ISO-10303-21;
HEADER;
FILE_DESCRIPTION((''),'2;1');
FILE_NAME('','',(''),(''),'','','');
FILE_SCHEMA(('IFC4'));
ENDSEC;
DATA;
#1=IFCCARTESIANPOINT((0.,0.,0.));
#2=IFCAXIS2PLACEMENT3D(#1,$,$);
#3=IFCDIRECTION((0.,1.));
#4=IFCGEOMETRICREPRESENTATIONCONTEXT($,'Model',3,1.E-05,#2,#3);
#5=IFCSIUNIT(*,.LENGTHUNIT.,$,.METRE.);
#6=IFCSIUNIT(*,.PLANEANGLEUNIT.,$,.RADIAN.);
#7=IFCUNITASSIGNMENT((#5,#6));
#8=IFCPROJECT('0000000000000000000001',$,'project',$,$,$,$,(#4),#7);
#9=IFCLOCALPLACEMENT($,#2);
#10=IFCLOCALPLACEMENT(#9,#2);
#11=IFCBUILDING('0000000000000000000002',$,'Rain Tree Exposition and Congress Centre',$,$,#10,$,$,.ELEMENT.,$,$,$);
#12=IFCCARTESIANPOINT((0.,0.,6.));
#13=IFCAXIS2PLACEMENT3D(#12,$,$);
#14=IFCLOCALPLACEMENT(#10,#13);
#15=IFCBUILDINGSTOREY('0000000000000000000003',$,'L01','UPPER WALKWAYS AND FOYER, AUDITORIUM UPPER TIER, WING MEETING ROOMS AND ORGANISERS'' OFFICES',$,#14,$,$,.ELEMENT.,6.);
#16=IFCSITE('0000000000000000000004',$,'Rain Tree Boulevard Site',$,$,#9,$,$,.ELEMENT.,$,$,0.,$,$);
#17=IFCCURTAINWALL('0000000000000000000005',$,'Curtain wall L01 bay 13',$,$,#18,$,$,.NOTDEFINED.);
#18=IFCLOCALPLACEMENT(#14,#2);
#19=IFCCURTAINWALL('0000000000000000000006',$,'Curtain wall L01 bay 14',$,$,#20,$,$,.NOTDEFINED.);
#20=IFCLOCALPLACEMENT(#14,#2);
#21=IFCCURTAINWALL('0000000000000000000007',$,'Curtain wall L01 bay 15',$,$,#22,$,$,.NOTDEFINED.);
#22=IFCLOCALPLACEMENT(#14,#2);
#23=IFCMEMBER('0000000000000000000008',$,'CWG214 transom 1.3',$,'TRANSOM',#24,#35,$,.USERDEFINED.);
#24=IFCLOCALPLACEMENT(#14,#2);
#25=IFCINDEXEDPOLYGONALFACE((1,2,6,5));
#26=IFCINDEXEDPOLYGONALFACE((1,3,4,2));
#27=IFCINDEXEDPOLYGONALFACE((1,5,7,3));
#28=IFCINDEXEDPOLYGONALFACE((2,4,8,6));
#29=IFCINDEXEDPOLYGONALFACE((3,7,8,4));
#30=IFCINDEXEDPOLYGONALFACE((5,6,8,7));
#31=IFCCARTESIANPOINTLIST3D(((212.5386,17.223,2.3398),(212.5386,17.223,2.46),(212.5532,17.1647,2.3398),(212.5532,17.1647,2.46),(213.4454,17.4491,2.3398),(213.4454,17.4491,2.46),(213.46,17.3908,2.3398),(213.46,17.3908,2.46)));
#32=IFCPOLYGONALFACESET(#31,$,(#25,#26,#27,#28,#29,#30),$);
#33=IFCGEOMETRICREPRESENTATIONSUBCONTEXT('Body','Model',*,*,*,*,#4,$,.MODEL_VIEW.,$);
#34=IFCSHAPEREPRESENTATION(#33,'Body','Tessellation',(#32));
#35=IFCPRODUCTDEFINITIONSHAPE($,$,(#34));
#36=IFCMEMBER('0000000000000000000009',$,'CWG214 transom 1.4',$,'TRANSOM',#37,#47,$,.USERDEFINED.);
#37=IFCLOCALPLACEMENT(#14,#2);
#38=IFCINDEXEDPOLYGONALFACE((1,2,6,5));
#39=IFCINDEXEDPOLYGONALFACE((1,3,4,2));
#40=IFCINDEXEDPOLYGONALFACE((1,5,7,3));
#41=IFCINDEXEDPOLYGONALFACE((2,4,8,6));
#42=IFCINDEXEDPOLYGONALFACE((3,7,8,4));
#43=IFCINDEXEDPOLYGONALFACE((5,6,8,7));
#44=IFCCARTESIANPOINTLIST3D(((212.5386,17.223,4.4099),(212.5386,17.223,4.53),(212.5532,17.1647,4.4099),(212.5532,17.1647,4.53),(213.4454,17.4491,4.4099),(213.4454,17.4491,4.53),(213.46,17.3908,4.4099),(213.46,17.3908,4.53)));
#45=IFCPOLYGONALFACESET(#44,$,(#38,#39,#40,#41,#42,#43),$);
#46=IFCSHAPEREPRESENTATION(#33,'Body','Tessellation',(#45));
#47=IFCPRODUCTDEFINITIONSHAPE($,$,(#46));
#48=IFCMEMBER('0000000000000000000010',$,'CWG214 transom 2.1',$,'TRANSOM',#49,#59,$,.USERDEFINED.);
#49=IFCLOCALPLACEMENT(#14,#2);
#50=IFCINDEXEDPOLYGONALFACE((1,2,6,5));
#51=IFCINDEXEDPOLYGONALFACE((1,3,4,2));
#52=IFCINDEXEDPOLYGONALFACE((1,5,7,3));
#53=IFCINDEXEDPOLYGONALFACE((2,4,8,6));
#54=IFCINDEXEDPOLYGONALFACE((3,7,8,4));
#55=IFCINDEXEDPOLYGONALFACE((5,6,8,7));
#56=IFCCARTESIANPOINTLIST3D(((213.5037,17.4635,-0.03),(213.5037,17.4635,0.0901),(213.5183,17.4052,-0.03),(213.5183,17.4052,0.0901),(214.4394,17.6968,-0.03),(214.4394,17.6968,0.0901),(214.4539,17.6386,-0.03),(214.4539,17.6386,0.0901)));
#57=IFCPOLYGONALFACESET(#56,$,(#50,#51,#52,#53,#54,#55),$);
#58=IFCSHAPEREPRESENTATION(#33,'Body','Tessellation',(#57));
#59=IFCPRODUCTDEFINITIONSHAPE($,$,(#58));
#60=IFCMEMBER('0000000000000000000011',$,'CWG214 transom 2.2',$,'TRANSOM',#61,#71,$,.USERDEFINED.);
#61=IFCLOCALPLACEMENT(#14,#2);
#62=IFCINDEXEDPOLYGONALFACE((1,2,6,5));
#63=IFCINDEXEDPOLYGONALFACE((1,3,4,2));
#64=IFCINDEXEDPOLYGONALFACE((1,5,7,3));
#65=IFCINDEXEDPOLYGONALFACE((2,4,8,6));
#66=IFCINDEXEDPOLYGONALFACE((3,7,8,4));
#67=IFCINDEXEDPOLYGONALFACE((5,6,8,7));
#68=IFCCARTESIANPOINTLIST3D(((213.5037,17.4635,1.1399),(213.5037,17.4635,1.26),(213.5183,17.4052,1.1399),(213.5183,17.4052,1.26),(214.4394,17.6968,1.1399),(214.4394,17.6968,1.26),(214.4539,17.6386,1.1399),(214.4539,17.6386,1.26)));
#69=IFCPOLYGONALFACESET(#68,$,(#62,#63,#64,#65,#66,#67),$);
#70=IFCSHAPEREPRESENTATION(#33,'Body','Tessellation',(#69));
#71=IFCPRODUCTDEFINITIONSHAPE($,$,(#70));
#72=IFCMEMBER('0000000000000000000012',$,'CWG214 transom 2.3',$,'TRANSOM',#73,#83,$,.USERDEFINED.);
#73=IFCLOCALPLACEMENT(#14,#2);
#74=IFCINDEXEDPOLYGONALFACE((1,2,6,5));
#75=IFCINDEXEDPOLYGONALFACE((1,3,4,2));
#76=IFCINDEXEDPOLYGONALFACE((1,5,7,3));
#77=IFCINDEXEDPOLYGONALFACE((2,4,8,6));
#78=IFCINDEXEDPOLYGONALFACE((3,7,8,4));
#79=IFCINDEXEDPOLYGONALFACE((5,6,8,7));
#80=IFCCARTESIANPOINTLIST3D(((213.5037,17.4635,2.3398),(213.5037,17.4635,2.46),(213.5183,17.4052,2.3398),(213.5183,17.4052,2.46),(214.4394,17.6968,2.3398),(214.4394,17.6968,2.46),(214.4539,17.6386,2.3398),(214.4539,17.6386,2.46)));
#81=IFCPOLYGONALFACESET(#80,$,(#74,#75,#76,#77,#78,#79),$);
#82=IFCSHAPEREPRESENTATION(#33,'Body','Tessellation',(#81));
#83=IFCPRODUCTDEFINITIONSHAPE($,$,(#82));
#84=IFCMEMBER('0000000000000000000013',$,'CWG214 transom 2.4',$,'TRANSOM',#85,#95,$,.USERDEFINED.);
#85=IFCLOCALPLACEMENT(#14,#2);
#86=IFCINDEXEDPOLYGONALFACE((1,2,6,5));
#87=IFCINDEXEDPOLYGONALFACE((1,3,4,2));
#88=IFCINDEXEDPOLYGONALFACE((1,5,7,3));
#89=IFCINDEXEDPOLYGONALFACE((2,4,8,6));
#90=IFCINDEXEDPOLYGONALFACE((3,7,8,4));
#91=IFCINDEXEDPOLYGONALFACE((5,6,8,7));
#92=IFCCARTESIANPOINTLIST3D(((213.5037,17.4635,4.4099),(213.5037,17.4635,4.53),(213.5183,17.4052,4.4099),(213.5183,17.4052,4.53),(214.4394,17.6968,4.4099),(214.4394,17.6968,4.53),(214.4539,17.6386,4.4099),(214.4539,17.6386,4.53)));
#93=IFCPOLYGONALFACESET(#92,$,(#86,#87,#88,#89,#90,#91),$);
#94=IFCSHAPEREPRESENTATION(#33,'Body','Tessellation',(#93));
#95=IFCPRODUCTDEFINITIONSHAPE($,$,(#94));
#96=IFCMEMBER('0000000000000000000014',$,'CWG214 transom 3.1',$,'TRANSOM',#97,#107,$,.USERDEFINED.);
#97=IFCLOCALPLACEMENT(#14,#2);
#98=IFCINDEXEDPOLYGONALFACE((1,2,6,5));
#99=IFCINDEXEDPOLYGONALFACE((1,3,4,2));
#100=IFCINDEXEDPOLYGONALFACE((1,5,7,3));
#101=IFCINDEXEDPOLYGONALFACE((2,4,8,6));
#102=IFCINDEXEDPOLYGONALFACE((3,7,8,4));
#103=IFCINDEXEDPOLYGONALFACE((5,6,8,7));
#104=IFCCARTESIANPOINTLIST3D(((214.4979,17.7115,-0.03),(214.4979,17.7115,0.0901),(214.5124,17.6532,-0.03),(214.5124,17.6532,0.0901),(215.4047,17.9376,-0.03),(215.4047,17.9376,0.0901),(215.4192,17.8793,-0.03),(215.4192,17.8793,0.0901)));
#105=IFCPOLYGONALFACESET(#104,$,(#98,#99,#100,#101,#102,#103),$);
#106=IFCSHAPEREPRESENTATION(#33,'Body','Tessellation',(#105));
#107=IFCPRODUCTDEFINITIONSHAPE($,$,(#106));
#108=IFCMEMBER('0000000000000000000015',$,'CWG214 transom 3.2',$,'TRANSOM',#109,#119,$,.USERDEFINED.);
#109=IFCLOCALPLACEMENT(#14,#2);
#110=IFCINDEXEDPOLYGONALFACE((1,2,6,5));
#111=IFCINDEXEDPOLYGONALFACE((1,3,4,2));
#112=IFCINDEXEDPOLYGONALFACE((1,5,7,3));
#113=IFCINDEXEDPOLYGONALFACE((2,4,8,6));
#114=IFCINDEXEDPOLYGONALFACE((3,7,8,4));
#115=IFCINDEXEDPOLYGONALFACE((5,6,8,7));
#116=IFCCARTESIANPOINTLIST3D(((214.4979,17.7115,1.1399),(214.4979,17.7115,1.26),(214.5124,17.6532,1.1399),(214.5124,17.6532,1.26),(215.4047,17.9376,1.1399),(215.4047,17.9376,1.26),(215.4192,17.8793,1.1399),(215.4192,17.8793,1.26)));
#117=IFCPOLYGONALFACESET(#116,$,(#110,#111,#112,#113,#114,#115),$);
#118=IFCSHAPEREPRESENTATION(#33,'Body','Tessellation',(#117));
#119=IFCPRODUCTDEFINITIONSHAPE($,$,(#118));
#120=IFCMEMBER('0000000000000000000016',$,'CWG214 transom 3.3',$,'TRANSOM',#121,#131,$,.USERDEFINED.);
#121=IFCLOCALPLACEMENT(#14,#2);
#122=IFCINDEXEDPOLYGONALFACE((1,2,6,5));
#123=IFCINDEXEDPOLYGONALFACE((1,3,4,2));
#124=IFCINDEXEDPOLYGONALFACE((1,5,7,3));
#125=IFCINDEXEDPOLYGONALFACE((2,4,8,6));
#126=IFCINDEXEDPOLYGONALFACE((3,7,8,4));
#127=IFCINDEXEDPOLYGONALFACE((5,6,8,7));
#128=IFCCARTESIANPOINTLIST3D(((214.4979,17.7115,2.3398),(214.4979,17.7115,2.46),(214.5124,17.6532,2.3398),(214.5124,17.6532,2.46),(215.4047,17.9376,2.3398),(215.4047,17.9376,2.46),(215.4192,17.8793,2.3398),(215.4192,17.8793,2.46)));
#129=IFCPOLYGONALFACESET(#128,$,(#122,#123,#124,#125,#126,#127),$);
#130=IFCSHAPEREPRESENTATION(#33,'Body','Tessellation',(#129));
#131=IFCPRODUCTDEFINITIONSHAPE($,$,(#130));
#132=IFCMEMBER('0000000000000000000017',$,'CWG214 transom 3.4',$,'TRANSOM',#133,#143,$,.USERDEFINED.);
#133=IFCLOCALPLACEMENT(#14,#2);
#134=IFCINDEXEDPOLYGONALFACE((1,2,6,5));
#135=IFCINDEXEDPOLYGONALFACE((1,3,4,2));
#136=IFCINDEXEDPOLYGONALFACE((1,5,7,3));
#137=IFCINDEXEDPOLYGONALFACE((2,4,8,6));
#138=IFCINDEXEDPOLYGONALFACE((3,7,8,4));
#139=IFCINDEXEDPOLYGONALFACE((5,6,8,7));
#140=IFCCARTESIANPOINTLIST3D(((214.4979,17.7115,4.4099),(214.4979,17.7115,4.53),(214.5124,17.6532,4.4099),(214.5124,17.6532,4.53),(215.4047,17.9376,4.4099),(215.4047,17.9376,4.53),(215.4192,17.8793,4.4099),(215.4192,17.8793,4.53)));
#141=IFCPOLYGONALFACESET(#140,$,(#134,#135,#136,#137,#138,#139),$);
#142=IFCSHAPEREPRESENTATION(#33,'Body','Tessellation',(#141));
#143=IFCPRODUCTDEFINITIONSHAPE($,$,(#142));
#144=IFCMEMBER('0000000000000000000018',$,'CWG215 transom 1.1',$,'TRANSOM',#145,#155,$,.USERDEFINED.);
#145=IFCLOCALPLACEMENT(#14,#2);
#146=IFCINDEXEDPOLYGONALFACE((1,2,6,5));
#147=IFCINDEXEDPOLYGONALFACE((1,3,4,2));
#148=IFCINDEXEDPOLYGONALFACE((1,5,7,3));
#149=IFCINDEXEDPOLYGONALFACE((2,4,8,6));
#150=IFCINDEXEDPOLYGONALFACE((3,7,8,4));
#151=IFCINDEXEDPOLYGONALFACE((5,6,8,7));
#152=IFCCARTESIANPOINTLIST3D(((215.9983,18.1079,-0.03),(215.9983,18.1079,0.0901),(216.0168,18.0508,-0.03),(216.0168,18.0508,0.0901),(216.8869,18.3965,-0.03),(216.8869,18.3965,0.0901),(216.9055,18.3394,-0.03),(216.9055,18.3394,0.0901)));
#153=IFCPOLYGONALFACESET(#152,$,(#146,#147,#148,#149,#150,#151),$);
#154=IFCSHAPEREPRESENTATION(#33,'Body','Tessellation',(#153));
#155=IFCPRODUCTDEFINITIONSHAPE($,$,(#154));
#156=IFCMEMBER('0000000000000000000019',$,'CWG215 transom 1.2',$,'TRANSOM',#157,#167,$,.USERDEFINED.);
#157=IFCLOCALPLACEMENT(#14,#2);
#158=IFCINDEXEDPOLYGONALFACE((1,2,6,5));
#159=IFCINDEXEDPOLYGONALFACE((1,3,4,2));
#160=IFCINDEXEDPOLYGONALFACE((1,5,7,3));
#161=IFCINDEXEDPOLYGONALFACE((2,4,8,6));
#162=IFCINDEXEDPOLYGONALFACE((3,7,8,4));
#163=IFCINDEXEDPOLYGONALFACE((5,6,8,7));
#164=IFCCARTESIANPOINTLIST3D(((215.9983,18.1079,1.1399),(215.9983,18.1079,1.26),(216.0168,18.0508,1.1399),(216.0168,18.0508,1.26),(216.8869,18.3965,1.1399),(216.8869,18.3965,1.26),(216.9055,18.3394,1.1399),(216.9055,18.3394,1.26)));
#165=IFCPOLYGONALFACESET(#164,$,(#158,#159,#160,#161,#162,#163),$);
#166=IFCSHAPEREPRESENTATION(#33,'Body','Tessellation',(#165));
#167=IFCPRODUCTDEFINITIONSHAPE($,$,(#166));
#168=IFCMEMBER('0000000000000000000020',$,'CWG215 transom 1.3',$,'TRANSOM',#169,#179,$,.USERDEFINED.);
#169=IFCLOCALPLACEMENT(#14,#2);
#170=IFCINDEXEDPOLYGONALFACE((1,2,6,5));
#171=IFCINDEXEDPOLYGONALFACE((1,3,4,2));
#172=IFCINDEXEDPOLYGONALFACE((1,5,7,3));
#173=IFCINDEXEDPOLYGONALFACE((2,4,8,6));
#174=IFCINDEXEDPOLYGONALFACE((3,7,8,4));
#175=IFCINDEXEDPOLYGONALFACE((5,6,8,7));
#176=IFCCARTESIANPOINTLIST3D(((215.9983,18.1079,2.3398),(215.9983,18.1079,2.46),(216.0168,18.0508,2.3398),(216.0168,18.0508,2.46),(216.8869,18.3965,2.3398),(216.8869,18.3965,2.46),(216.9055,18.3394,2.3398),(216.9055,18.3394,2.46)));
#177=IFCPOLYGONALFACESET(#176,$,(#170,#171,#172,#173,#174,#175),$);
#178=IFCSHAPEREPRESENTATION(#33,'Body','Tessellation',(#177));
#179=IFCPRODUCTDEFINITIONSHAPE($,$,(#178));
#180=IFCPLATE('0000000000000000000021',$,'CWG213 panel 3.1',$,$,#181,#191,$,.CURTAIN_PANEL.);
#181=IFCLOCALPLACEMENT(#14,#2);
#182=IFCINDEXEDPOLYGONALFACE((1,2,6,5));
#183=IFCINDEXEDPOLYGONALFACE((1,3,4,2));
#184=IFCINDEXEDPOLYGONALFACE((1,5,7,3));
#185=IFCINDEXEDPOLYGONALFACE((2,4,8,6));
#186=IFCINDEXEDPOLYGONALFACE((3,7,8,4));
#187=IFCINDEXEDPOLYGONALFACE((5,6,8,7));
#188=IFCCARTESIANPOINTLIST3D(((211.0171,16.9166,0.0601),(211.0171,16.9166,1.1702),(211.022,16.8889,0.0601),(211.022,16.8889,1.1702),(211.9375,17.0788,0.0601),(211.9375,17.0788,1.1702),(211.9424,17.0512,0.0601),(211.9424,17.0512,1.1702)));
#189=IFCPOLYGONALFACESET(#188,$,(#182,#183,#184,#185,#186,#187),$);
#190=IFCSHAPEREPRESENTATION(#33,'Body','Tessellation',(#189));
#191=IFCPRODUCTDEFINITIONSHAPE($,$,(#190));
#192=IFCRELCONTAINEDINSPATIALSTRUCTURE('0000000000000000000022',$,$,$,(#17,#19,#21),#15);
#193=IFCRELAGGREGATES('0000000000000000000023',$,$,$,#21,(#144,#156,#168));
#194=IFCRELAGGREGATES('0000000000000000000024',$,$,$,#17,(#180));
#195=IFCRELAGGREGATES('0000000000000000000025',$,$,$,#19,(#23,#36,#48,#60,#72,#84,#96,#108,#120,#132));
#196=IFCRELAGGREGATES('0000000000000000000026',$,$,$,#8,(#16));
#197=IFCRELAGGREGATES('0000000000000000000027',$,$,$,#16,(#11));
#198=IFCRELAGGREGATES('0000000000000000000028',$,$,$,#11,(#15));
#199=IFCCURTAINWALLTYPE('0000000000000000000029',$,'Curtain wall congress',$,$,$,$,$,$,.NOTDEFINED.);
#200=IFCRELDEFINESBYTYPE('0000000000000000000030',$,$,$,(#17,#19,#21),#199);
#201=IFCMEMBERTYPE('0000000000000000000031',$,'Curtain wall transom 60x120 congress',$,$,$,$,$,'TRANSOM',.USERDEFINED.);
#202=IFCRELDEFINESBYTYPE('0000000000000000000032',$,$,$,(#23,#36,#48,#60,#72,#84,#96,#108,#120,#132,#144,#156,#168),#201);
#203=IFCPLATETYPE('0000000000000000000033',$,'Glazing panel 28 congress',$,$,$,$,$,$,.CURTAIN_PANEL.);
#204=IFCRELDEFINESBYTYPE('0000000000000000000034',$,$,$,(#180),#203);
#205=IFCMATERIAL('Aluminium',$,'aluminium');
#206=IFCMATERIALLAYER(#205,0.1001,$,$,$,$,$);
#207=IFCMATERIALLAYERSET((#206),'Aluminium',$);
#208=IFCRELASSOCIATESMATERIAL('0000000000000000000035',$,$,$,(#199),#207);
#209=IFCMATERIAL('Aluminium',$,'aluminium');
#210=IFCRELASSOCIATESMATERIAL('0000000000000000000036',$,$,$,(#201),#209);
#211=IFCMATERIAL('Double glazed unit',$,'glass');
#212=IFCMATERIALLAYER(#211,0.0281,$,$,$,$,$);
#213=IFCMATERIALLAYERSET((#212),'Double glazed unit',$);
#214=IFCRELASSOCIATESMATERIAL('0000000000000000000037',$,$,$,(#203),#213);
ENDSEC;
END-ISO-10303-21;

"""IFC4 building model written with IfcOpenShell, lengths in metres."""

from ifc_helpers import new_model, si_unit, direction, frame, origin, origin_2d, place, context, subcontext, project, spatial, rectangle, extrude, material, layer, layer_set, material_profile, profile_set, type_object, element, aggregate, save


model = new_model("IFC4")

# Units and contexts
model_context = context("Model", 3, precision=1e-05, world=origin(), true_north=direction((0.0, 1.0)))
body_context = subcontext(model_context, "Body", "Model", "MODEL_VIEW")
ifc_project = project(units=[si_unit("LENGTHUNIT", "METRE"), si_unit("PLANEANGLEUNIT", "RADIAN")], contexts=[model_context])

# Site, building, storey
site_placement = place(None, origin())
site = spatial("IfcSite", under=ifc_project, at=site_placement, Name="Rain Tree Boulevard Site", CompositionType="ELEMENT", RefElevation=0.0)
building_placement = place(site_placement, origin())
building = spatial("IfcBuilding", under=site, at=building_placement, Name="Rain Tree Exposition and Congress Centre", CompositionType="ELEMENT")
storey_placement = place(building_placement, frame((0.0, 0.0, 6.0)))
storey = spatial("IfcBuildingStorey", under=building, at=storey_placement, Name="L01", Description="UPPER WALKWAYS AND FOYER, AUDITORIUM UPPER TIER, WING MEETING ROOMS AND ORGANISERS' OFFICES", CompositionType="ELEMENT", Elevation=6.0)

# Curtain wall
ifc_material_1 = material(Name="Aluminium", Category="aluminium")
ifc_layer_1 = layer(ifc_material_1, 0.1001)
ifc_layer_set_1 = layer_set([ifc_layer_1], Name="Aluminium")
curtain_wall_type = type_object("IfcCurtainWallType", Name="Curtain wall congress", PredefinedType="NOTDEFINED", material=ifc_layer_set_1)
curtain_wall_1_placement = place(storey_placement, origin())
curtain_wall_1 = element("IfcCurtainWall", 1, at=curtain_wall_1_placement, inside=storey, type_object=curtain_wall_type, Name="Curtain wall L01 bay 13", PredefinedType="NOTDEFINED")

# Curtain wall
curtain_wall_2_placement = place(storey_placement, origin())
curtain_wall_2 = element("IfcCurtainWall", 2, at=curtain_wall_2_placement, inside=storey, type_object=curtain_wall_type, Name="Curtain wall L01 bay 14", PredefinedType="NOTDEFINED")

# Curtain wall
curtain_wall_3_placement = place(storey_placement, origin())
curtain_wall_3 = element("IfcCurtainWall", 3, at=curtain_wall_3_placement, inside=storey, type_object=curtain_wall_type, Name="Curtain wall L01 bay 15", PredefinedType="NOTDEFINED")

# Members
ifc_material_2 = material(Name="Aluminium", Category="aluminium")
ifc_material_profile_1 = material_profile(ifc_material_2, rectangle(XDim=0.0601, YDim=0.1201, at=origin_2d()), Name="AL 60x120")
ifc_profile_set_1 = profile_set([ifc_material_profile_1], Name="Aluminium")
member_type_1 = type_object("IfcMemberType", Name="Curtain wall transom 60x120 congress", ElementType="TRANSOM", PredefinedType="USERDEFINED", material=ifc_profile_set_1)
member_1_placement = place(storey_placement, frame((212.5459, 17.1938, 2.3999), z_axis=(0.970296, 0.241921, 0.0), x_axis=(-0.241921, 0.970296, 0.0)))
member_1 = element("IfcMember", 4, at=member_1_placement, type_object=member_type_1, Name="CWG214 transom 1.3", ObjectType="TRANSOM", PredefinedType="USERDEFINED", context=body_context, shape_type="SweptSolid", body=[
    extrude(rectangle(XDim=0.0601, YDim=0.1201, at=origin_2d()), origin(), (0.0, 0.0, 1.0), 0.9346),
])
member_2_placement = place(storey_placement, frame((212.5459, 17.1938, 4.47), z_axis=(0.970296, 0.241921, 0.0), x_axis=(-0.241921, 0.970296, 0.0)))
member_2 = element("IfcMember", 5, at=member_2_placement, type_object=member_type_1, Name="CWG214 transom 1.4", ObjectType="TRANSOM", PredefinedType="USERDEFINED", context=body_context, shape_type="SweptSolid", body=[
    extrude(rectangle(XDim=0.0601, YDim=0.1201, at=origin_2d()), origin(), (0.0, 0.0, 1.0), 0.9346),
])
member_3_placement = place(storey_placement, frame((213.511, 17.4343, 0.03), z_axis=(0.970276, 0.242, 0.0), x_axis=(-0.242, 0.970276, 0.0)))
member_3 = element("IfcMember", 6, at=member_3_placement, type_object=member_type_1, Name="CWG214 transom 2.1", ObjectType="TRANSOM", PredefinedType="USERDEFINED", context=body_context, shape_type="SweptSolid", body=[
    extrude(rectangle(XDim=0.0601, YDim=0.1201, at=origin_2d()), origin(), (0.0, 0.0, 1.0), 0.9644),
])
member_4_placement = place(storey_placement, frame((213.511, 17.4343, 1.2), z_axis=(0.970276, 0.242, 0.0), x_axis=(-0.242, 0.970276, 0.0)))
member_4 = element("IfcMember", 7, at=member_4_placement, type_object=member_type_1, Name="CWG214 transom 2.2", ObjectType="TRANSOM", PredefinedType="USERDEFINED", context=body_context, shape_type="SweptSolid", body=[
    extrude(rectangle(XDim=0.0601, YDim=0.1201, at=origin_2d()), origin(), (0.0, 0.0, 1.0), 0.9644),
])
member_5_placement = place(storey_placement, frame((213.511, 17.4343, 2.3999), z_axis=(0.970276, 0.242, 0.0), x_axis=(-0.242, 0.970276, 0.0)))
member_5 = element("IfcMember", 8, at=member_5_placement, type_object=member_type_1, Name="CWG214 transom 2.3", ObjectType="TRANSOM", PredefinedType="USERDEFINED", context=body_context, shape_type="SweptSolid", body=[
    extrude(rectangle(XDim=0.0601, YDim=0.1201, at=origin_2d()), origin(), (0.0, 0.0, 1.0), 0.9644),
])
member_6_placement = place(storey_placement, frame((213.511, 17.4343, 4.47), z_axis=(0.970276, 0.242, 0.0), x_axis=(-0.242, 0.970276, 0.0)))
member_6 = element("IfcMember", 9, at=member_6_placement, type_object=member_type_1, Name="CWG214 transom 2.4", ObjectType="TRANSOM", PredefinedType="USERDEFINED", context=body_context, shape_type="SweptSolid", body=[
    extrude(rectangle(XDim=0.0601, YDim=0.1201, at=origin_2d()), origin(), (0.0, 0.0, 1.0), 0.9644),
])
member_7_placement = place(storey_placement, frame((214.5051, 17.6824, 0.03), z_axis=(0.970296, 0.241921, 0.0), x_axis=(-0.241921, 0.970296, 0.0)))
member_7 = element("IfcMember", 10, at=member_7_placement, type_object=member_type_1, Name="CWG214 transom 3.1", ObjectType="TRANSOM", PredefinedType="USERDEFINED", context=body_context, shape_type="SweptSolid", body=[
    extrude(rectangle(XDim=0.0601, YDim=0.1201, at=origin_2d()), origin(), (0.0, 0.0, 1.0), 0.9346),
])
member_8_placement = place(storey_placement, frame((214.5051, 17.6824, 1.2), z_axis=(0.970296, 0.241921, 0.0), x_axis=(-0.241921, 0.970296, 0.0)))
member_8 = element("IfcMember", 11, at=member_8_placement, type_object=member_type_1, Name="CWG214 transom 3.2", ObjectType="TRANSOM", PredefinedType="USERDEFINED", context=body_context, shape_type="SweptSolid", body=[
    extrude(rectangle(XDim=0.0601, YDim=0.1201, at=origin_2d()), origin(), (0.0, 0.0, 1.0), 0.9346),
])
member_9_placement = place(storey_placement, frame((214.5051, 17.6824, 2.3999), z_axis=(0.970296, 0.241921, 0.0), x_axis=(-0.241921, 0.970296, 0.0)))
member_9 = element("IfcMember", 12, at=member_9_placement, type_object=member_type_1, Name="CWG214 transom 3.3", ObjectType="TRANSOM", PredefinedType="USERDEFINED", context=body_context, shape_type="SweptSolid", body=[
    extrude(rectangle(XDim=0.0601, YDim=0.1201, at=origin_2d()), origin(), (0.0, 0.0, 1.0), 0.9346),
])
member_10_placement = place(storey_placement, frame((214.5051, 17.6824, 4.47), z_axis=(0.970296, 0.241921, 0.0), x_axis=(-0.241921, 0.970296, 0.0)))
member_10 = element("IfcMember", 13, at=member_10_placement, type_object=member_type_1, Name="CWG214 transom 3.4", ObjectType="TRANSOM", PredefinedType="USERDEFINED", context=body_context, shape_type="SweptSolid", body=[
    extrude(rectangle(XDim=0.0601, YDim=0.1201, at=origin_2d()), origin(), (0.0, 0.0, 1.0), 0.9346),
])
member_11_placement = place(storey_placement, frame((216.0076, 18.0793, 0.03), z_axis=(0.951111, 0.30885, 0.0), x_axis=(-0.30885, 0.951111, 0.0)))
member_11 = element("IfcMember", 14, at=member_11_placement, type_object=member_type_1, Name="CWG215 transom 1.1", ObjectType="TRANSOM", PredefinedType="USERDEFINED", context=body_context, shape_type="SweptSolid", body=[
    extrude(rectangle(XDim=0.0601, YDim=0.1201, at=origin_2d()), origin(), (0.0, 0.0, 1.0), 0.9343),
])
member_12_placement = place(storey_placement, frame((216.0076, 18.0793, 1.2), z_axis=(0.951111, 0.30885, 0.0), x_axis=(-0.30885, 0.951111, 0.0)))
member_12 = element("IfcMember", 15, at=member_12_placement, type_object=member_type_1, Name="CWG215 transom 1.2", ObjectType="TRANSOM", PredefinedType="USERDEFINED", context=body_context, shape_type="SweptSolid", body=[
    extrude(rectangle(XDim=0.0601, YDim=0.1201, at=origin_2d()), origin(), (0.0, 0.0, 1.0), 0.9343),
])
member_13_placement = place(storey_placement, frame((216.0076, 18.0793, 2.3999), z_axis=(0.951111, 0.30885, 0.0), x_axis=(-0.30885, 0.951111, 0.0)))
member_13 = element("IfcMember", 16, at=member_13_placement, type_object=member_type_1, Name="CWG215 transom 1.3", ObjectType="TRANSOM", PredefinedType="USERDEFINED", context=body_context, shape_type="SweptSolid", body=[
    extrude(rectangle(XDim=0.0601, YDim=0.1201, at=origin_2d()), origin(), (0.0, 0.0, 1.0), 0.9343),
])
aggregate(curtain_wall_3, [member_11, member_12, member_13])

# Plate
ifc_material_3 = material(Name="Double glazed unit", Category="glass")
ifc_layer_2 = layer(ifc_material_3, 0.0281)
ifc_layer_set_2 = layer_set([ifc_layer_2], Name="Double glazed unit")
plate_type = type_object("IfcPlateType", Name="Glazing panel 28 congress", PredefinedType="CURTAIN_PANEL", material=ifc_layer_set_2)
plate_1_placement = place(storey_placement, frame((211.4797, 16.9839, 0.0601), z_axis=(0.0, 0.0, 1.0), x_axis=(0.98481, 0.173635, 0.0)))
plate_1 = element("IfcPlate", 17, at=plate_1_placement, type_object=plate_type, Name="CWG213 panel 3.1", PredefinedType="CURTAIN_PANEL", context=body_context, shape_type="SweptSolid", body=[
    extrude(rectangle(XDim=0.9346, YDim=0.0281, at=origin_2d()), origin(), (0.0, 0.0, 1.0), 1.1101),
])
aggregate(curtain_wall_1, [plate_1])
aggregate(curtain_wall_2, [member_1, member_2, member_3, member_4, member_5, member_6, member_7, member_8, member_9, member_10])

save(model, "model.ifc")
